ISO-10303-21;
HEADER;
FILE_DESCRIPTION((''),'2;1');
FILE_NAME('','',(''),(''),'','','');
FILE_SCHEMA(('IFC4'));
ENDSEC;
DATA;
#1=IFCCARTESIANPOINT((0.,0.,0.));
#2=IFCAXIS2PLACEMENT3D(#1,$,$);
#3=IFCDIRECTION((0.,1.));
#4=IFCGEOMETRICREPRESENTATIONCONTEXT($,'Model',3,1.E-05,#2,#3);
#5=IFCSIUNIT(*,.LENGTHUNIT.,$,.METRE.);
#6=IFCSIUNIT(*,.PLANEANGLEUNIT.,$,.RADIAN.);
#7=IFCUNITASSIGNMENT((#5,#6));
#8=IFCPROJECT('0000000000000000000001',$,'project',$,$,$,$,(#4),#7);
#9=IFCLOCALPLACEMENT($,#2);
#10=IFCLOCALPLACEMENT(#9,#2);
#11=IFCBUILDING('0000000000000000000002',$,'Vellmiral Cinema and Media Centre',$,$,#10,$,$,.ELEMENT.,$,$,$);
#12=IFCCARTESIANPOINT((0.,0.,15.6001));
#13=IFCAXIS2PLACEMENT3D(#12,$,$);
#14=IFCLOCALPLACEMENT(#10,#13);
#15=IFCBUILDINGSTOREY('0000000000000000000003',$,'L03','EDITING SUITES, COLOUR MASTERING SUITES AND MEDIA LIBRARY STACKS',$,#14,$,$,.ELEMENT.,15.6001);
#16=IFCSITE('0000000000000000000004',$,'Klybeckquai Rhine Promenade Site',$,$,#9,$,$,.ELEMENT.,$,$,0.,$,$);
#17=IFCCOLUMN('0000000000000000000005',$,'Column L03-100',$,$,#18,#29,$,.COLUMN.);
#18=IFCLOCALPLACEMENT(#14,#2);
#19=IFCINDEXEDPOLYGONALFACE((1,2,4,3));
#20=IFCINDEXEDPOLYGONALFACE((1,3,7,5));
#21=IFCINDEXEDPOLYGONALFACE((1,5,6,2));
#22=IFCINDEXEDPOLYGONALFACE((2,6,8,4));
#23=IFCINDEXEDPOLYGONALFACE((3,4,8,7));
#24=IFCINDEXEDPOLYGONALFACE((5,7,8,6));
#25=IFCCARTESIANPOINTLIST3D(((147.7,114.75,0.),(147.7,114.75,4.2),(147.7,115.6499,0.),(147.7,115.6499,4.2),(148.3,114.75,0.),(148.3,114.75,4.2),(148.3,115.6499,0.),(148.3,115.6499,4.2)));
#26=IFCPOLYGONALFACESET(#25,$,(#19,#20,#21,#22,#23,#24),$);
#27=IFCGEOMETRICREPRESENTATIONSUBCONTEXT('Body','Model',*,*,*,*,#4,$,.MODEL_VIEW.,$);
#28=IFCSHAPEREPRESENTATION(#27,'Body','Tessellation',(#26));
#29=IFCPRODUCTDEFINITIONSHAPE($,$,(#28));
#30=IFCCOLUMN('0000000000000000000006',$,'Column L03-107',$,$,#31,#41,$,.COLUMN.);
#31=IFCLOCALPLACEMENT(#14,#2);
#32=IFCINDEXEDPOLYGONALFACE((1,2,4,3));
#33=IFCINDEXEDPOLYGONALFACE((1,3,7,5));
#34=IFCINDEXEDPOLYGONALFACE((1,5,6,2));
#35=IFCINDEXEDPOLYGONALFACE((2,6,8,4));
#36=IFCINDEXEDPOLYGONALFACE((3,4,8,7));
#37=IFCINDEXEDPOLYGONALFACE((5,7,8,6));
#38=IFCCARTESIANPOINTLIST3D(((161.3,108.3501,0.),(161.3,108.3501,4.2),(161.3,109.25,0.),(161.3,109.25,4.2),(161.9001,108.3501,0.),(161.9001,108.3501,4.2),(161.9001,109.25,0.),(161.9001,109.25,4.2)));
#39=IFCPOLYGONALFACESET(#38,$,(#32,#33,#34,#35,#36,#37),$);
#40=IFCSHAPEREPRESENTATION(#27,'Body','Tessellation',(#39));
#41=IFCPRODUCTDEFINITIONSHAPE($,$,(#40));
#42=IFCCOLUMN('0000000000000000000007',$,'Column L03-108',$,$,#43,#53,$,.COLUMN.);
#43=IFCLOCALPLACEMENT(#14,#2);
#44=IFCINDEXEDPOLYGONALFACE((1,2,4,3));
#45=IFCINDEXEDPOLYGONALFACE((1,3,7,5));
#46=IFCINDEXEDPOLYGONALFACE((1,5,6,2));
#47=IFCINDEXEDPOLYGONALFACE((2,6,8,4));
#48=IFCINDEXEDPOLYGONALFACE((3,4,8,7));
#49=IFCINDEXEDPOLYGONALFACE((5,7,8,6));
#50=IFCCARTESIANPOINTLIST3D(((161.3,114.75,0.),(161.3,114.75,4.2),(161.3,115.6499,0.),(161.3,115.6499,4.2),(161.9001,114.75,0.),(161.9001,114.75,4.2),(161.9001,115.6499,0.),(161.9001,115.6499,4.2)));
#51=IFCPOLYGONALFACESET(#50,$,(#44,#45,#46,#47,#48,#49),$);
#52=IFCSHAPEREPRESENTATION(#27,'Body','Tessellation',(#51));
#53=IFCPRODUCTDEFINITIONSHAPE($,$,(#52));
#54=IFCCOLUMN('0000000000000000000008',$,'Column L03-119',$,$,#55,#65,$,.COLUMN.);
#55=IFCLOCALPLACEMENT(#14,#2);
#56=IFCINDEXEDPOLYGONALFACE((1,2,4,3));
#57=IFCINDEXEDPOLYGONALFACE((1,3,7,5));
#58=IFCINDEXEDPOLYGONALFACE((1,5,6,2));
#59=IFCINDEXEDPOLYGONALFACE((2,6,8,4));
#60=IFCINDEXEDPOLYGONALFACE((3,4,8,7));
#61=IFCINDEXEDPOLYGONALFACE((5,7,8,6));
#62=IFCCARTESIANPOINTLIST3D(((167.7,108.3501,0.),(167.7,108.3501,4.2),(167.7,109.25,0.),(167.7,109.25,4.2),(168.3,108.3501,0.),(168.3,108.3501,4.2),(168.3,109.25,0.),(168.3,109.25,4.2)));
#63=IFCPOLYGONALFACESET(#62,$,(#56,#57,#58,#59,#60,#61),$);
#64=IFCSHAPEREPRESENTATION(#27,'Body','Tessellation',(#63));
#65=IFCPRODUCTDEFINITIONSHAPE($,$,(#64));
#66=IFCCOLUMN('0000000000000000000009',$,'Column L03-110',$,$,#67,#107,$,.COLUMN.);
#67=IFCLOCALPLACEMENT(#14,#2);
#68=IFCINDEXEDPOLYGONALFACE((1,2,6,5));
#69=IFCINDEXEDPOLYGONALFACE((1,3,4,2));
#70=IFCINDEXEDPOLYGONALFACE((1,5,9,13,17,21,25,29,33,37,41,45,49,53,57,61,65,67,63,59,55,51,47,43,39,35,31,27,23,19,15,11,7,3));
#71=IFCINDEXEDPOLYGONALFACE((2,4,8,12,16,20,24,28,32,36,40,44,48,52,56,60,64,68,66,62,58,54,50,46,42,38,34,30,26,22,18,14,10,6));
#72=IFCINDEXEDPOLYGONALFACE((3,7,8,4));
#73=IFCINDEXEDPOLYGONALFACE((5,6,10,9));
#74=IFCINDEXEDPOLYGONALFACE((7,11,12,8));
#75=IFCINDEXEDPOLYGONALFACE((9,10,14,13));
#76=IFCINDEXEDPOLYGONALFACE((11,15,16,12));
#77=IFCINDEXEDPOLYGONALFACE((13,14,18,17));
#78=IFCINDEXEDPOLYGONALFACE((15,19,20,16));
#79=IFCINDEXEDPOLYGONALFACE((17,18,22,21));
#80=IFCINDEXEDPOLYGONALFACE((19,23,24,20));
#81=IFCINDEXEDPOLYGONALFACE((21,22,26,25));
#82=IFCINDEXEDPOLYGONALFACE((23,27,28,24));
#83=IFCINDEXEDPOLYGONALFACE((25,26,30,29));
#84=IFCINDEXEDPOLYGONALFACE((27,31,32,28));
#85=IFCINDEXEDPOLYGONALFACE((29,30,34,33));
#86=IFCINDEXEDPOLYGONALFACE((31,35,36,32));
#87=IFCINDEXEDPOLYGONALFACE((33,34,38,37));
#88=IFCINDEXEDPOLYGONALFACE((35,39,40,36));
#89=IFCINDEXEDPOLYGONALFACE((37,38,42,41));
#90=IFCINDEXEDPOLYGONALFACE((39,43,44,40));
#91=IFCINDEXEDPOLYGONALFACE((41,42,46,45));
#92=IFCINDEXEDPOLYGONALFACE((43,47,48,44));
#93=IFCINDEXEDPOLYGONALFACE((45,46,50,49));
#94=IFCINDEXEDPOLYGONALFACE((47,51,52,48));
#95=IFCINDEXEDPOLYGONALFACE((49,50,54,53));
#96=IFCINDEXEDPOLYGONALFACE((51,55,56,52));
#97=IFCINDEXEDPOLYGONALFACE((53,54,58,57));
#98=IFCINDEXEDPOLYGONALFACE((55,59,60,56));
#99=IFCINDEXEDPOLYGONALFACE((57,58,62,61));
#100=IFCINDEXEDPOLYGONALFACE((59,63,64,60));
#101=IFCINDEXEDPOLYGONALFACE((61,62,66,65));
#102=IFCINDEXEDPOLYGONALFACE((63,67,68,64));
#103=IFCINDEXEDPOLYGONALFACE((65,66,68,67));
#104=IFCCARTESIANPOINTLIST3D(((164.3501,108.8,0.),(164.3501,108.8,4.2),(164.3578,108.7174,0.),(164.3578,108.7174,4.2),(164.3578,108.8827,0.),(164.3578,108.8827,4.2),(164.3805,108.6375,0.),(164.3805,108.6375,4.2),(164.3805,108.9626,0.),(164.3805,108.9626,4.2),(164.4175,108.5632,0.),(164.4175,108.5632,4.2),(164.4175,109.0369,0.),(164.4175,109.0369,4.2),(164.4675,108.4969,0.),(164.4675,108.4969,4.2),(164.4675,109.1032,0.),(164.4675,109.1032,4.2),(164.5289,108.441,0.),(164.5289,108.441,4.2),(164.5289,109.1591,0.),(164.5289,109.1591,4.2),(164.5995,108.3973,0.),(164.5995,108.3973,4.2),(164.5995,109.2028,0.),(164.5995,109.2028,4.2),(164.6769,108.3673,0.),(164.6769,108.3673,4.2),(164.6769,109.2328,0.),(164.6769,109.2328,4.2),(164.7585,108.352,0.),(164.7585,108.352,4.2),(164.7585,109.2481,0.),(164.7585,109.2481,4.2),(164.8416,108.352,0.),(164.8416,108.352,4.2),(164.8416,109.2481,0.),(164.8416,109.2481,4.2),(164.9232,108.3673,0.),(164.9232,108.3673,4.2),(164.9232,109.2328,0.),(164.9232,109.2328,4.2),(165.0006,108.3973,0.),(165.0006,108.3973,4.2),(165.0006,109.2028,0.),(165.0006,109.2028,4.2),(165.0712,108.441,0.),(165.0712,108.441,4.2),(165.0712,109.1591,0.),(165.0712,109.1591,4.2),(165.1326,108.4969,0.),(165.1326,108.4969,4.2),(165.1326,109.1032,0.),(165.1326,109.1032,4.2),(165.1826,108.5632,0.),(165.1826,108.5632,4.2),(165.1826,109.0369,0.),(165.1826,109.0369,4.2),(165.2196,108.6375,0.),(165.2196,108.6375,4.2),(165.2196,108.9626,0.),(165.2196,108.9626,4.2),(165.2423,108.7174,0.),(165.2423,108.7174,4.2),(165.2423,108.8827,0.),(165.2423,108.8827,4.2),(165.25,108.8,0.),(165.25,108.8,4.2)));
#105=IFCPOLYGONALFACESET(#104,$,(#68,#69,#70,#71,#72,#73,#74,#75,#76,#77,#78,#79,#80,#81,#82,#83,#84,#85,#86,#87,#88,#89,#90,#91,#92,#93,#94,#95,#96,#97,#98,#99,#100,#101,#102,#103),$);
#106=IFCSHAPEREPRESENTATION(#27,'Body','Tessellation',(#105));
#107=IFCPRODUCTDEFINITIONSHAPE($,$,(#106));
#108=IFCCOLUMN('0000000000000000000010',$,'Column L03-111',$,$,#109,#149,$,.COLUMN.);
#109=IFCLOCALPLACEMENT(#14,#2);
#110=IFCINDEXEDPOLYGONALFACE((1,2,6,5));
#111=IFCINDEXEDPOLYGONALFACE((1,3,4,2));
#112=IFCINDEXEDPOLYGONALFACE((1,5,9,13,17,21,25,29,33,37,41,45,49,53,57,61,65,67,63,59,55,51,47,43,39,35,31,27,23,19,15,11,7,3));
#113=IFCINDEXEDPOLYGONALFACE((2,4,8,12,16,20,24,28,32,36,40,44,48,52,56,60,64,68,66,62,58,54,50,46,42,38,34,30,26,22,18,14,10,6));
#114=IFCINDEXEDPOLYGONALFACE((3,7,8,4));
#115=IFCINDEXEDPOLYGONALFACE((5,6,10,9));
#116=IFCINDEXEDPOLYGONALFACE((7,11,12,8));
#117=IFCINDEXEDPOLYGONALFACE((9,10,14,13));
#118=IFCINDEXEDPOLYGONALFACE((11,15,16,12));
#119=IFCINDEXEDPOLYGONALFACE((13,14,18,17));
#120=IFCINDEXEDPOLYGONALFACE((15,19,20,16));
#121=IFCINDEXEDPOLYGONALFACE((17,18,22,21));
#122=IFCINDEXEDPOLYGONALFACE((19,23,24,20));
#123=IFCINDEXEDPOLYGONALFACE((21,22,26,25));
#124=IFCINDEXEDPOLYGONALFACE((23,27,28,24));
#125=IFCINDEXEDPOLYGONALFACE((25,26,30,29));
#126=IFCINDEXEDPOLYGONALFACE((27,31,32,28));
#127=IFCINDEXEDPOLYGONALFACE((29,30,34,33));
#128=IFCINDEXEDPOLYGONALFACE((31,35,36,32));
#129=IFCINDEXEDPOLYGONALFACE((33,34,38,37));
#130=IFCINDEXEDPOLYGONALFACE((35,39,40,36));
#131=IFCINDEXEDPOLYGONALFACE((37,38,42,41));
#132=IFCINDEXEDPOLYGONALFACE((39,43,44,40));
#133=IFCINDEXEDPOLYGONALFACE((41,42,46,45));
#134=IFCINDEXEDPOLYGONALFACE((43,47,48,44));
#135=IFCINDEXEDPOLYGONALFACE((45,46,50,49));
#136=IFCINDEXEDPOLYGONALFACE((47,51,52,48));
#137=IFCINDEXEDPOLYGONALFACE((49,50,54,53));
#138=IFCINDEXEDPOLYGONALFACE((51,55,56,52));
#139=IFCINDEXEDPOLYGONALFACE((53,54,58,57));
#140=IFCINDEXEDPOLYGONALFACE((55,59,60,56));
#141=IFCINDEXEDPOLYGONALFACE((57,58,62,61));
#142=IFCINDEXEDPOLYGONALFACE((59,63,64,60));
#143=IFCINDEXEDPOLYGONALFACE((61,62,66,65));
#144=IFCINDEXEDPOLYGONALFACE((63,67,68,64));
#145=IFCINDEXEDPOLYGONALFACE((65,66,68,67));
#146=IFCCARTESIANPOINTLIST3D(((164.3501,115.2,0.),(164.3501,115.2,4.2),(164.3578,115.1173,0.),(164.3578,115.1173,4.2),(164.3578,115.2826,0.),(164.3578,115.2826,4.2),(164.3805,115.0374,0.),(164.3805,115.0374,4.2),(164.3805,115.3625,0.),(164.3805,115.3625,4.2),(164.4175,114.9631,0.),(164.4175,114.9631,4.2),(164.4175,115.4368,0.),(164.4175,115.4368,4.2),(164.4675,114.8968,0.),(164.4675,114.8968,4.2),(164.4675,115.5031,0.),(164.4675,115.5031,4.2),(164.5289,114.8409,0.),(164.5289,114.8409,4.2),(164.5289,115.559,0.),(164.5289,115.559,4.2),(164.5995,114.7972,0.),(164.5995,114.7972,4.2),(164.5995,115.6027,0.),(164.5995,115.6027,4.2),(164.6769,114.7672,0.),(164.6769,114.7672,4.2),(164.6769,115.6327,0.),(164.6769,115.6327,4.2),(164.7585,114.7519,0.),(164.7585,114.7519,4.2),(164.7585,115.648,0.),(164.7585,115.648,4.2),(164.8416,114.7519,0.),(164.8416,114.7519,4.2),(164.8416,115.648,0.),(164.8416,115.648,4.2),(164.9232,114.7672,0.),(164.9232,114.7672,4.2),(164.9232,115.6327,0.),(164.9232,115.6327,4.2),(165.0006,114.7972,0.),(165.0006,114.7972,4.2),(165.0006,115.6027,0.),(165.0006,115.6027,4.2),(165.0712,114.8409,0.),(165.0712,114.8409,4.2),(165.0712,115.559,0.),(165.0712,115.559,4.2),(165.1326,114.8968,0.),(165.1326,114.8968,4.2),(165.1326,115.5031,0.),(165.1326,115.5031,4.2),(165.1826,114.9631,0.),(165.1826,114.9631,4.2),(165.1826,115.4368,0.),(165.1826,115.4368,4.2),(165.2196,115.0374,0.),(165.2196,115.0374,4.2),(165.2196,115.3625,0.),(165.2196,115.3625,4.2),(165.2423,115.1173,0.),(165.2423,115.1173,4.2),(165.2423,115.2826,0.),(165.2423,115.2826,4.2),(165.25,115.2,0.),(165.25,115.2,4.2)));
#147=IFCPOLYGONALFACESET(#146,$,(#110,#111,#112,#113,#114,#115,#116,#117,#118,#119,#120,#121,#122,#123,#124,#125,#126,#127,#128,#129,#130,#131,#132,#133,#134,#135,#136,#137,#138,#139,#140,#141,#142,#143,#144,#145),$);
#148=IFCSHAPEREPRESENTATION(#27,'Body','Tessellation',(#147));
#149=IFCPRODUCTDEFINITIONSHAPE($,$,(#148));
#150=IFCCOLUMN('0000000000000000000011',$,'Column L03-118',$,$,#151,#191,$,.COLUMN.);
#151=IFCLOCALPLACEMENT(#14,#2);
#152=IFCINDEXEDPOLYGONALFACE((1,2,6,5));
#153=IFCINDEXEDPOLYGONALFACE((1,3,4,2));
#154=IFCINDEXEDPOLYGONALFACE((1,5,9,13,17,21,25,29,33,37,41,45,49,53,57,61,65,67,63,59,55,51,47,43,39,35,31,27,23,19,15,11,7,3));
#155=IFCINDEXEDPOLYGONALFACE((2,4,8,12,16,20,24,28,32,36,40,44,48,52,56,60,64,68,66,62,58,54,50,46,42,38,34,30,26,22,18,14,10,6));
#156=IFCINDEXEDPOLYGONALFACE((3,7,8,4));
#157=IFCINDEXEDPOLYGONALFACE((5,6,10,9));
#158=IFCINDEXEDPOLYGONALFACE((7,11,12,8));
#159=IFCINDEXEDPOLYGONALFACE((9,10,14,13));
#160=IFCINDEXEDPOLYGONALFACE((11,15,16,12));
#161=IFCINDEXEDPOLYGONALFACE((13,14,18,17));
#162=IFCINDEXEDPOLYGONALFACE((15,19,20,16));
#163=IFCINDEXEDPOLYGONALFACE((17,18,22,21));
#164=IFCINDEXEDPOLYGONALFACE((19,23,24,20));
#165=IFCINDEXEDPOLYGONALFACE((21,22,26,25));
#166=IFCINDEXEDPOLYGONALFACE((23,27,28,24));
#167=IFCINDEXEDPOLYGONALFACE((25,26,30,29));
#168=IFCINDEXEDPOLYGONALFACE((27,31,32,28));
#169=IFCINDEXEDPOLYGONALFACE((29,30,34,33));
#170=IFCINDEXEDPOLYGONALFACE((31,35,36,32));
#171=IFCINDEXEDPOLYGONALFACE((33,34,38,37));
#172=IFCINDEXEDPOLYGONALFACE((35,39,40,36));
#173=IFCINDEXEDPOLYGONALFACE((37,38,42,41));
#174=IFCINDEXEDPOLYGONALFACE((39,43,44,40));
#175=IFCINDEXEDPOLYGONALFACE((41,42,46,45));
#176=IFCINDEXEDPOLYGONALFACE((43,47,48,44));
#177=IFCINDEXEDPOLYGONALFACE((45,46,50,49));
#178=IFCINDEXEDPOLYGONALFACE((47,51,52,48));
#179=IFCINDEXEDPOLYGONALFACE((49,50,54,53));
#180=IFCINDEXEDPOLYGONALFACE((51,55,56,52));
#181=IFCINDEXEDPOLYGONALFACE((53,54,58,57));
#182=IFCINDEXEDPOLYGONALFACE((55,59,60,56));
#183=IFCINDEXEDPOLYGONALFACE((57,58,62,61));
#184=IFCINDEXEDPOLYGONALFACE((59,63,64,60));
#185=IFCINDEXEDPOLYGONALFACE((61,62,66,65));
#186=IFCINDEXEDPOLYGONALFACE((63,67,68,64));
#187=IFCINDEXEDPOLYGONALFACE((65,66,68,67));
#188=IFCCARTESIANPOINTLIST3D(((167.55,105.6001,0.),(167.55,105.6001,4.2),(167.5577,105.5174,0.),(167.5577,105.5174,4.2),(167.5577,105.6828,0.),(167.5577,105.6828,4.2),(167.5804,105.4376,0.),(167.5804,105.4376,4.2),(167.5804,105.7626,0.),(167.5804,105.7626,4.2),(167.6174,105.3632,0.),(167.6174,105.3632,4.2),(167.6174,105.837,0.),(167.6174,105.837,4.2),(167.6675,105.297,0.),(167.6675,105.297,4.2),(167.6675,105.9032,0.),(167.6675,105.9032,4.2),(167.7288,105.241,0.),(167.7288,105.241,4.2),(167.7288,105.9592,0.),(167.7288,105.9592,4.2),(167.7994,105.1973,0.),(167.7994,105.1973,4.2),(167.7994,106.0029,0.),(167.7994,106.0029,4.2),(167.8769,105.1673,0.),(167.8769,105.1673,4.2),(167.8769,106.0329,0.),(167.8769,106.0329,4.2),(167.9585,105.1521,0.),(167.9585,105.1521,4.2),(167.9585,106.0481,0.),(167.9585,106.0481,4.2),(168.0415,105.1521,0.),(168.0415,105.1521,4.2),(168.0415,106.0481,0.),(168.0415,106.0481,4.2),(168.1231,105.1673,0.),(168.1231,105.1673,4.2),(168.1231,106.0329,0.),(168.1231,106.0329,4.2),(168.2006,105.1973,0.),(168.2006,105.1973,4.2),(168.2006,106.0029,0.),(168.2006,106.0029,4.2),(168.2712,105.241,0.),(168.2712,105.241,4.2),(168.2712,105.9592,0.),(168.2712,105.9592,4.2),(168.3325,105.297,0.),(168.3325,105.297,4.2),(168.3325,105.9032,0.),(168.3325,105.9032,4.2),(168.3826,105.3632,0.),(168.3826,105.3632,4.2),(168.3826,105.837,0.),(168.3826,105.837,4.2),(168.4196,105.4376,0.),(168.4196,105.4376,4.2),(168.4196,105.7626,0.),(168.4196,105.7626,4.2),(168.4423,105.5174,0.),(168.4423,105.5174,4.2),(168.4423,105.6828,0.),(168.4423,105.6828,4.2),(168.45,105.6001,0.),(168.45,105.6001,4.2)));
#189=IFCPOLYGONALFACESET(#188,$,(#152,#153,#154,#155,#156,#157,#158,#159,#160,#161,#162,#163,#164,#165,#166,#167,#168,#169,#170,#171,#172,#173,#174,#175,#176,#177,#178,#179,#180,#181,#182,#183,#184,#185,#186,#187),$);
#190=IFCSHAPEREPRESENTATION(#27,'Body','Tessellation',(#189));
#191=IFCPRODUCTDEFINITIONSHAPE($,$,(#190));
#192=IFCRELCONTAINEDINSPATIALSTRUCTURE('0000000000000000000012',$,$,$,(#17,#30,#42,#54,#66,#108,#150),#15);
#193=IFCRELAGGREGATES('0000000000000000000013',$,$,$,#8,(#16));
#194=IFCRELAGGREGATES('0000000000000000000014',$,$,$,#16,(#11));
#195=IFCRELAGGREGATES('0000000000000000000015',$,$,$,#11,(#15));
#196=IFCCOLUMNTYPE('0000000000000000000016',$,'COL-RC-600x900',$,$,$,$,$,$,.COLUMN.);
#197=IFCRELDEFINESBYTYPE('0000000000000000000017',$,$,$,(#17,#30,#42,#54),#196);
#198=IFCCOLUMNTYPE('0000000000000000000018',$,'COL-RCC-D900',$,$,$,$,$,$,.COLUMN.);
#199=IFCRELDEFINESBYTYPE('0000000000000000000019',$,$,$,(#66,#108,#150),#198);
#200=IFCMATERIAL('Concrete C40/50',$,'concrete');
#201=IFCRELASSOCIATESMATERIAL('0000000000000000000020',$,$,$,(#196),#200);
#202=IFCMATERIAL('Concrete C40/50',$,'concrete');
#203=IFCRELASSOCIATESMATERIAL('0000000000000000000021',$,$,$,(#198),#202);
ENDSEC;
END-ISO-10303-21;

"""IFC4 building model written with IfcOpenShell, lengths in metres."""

from ifc_helpers import new_model, si_unit, direction, frame, origin, origin_2d, place, context, subcontext, project, spatial, rectangle, circle, extrude, material, material_profile, profile_set, type_object, element, save


model = new_model("IFC4")

# Units and contexts
model_context = context("Model", 3, precision=1e-05, world=origin(), true_north=direction((0.0, 1.0)))
body_context = subcontext(model_context, "Body", "Model", "MODEL_VIEW")
ifc_project = project(units=[si_unit("LENGTHUNIT", "METRE"), si_unit("PLANEANGLEUNIT", "RADIAN")], contexts=[model_context])

# Site, building, storey
site_placement = place(None, origin())
site = spatial("IfcSite", under=ifc_project, at=site_placement, Name="Klybeckquai Rhine Promenade Site", CompositionType="ELEMENT", RefElevation=0.0)
building_placement = place(site_placement, origin())
building = spatial("IfcBuilding", under=site, at=building_placement, Name="Vellmiral Cinema and Media Centre", CompositionType="ELEMENT")
storey_placement = place(building_placement, frame((0.0, 0.0, 15.6001)))
storey = spatial("IfcBuildingStorey", under=building, at=storey_placement, Name="L03", Description="EDITING SUITES, COLOUR MASTERING SUITES AND MEDIA LIBRARY STACKS", CompositionType="ELEMENT", Elevation=15.6001)

# Columns
ifc_material_1 = material(Name="Concrete C40/50", Category="concrete")
ifc_material_profile_1 = material_profile(ifc_material_1, rectangle(XDim=0.6001, YDim=0.8999, at=origin_2d()), Name="RC 600x900")
ifc_profile_set_1 = profile_set([ifc_material_profile_1], Name="Concrete C40/50")
column_type_1 = type_object("IfcColumnType", Name="COL-RC-600x900", PredefinedType="COLUMN", material=ifc_profile_set_1)
for number, where, z_axis, x_axis, name in (
    (1, (148.0, 115.2, 0.0), (0.0, 0.0, 1.0), (1.0, 0.0, 0.0), "Column L03-100"),
    (2, (161.6001, 108.8, 0.0), (0.0, 0.0, 1.0), (1.0, 0.0, 0.0), "Column L03-107"),
    (3, (161.6001, 115.2, 0.0), (0.0, 0.0, 1.0), (1.0, 0.0, 0.0), "Column L03-108"),
    (4, (168.0, 108.8, 0.0), (0.0, 0.0, 1.0), (1.0, 0.0, 0.0), "Column L03-119"),
):
    element("IfcColumn", number, at=place(storey_placement, frame(where, z_axis=z_axis, x_axis=x_axis)), inside=storey, type_object=column_type_1, Name=name, PredefinedType="COLUMN", context=body_context, shape_type="SweptSolid", body=[
        extrude(rectangle(XDim=0.6001, YDim=0.8999, at=origin_2d()), origin(), (0.0, 0.0, 1.0), 4.2),
    ])
ifc_material_2 = material(Name="Concrete C40/50", Category="concrete")
ifc_material_profile_2 = material_profile(ifc_material_2, circle(Radius=0.45, at=origin_2d()), Name="RC D900")
ifc_profile_set_2 = profile_set([ifc_material_profile_2], Name="Concrete C40/50")
column_type_2 = type_object("IfcColumnType", Name="COL-RCC-D900", PredefinedType="COLUMN", material=ifc_profile_set_2)
for number, where, z_axis, x_axis, name in (
    (5, (164.8, 108.8, 0.0), (0.0, 0.0, 1.0), (1.0, 0.0, 0.0), "Column L03-110"),
    (6, (164.8, 115.2, 0.0), (0.0, 0.0, 1.0), (1.0, 0.0, 0.0), "Column L03-111"),
    (7, (168.0, 105.6001, 0.0), (0.0, 0.0, 1.0), (1.0, 0.0, 0.0), "Column L03-118"),
):
    element("IfcColumn", number, at=place(storey_placement, frame(where, z_axis=z_axis, x_axis=x_axis)), inside=storey, type_object=column_type_2, Name=name, PredefinedType="COLUMN", context=body_context, shape_type="SweptSolid", body=[
        extrude(circle(Radius=0.45, at=origin_2d()), origin(), (0.0, 0.0, 1.0), 4.2),
    ])

save(model, "model.ifc")
